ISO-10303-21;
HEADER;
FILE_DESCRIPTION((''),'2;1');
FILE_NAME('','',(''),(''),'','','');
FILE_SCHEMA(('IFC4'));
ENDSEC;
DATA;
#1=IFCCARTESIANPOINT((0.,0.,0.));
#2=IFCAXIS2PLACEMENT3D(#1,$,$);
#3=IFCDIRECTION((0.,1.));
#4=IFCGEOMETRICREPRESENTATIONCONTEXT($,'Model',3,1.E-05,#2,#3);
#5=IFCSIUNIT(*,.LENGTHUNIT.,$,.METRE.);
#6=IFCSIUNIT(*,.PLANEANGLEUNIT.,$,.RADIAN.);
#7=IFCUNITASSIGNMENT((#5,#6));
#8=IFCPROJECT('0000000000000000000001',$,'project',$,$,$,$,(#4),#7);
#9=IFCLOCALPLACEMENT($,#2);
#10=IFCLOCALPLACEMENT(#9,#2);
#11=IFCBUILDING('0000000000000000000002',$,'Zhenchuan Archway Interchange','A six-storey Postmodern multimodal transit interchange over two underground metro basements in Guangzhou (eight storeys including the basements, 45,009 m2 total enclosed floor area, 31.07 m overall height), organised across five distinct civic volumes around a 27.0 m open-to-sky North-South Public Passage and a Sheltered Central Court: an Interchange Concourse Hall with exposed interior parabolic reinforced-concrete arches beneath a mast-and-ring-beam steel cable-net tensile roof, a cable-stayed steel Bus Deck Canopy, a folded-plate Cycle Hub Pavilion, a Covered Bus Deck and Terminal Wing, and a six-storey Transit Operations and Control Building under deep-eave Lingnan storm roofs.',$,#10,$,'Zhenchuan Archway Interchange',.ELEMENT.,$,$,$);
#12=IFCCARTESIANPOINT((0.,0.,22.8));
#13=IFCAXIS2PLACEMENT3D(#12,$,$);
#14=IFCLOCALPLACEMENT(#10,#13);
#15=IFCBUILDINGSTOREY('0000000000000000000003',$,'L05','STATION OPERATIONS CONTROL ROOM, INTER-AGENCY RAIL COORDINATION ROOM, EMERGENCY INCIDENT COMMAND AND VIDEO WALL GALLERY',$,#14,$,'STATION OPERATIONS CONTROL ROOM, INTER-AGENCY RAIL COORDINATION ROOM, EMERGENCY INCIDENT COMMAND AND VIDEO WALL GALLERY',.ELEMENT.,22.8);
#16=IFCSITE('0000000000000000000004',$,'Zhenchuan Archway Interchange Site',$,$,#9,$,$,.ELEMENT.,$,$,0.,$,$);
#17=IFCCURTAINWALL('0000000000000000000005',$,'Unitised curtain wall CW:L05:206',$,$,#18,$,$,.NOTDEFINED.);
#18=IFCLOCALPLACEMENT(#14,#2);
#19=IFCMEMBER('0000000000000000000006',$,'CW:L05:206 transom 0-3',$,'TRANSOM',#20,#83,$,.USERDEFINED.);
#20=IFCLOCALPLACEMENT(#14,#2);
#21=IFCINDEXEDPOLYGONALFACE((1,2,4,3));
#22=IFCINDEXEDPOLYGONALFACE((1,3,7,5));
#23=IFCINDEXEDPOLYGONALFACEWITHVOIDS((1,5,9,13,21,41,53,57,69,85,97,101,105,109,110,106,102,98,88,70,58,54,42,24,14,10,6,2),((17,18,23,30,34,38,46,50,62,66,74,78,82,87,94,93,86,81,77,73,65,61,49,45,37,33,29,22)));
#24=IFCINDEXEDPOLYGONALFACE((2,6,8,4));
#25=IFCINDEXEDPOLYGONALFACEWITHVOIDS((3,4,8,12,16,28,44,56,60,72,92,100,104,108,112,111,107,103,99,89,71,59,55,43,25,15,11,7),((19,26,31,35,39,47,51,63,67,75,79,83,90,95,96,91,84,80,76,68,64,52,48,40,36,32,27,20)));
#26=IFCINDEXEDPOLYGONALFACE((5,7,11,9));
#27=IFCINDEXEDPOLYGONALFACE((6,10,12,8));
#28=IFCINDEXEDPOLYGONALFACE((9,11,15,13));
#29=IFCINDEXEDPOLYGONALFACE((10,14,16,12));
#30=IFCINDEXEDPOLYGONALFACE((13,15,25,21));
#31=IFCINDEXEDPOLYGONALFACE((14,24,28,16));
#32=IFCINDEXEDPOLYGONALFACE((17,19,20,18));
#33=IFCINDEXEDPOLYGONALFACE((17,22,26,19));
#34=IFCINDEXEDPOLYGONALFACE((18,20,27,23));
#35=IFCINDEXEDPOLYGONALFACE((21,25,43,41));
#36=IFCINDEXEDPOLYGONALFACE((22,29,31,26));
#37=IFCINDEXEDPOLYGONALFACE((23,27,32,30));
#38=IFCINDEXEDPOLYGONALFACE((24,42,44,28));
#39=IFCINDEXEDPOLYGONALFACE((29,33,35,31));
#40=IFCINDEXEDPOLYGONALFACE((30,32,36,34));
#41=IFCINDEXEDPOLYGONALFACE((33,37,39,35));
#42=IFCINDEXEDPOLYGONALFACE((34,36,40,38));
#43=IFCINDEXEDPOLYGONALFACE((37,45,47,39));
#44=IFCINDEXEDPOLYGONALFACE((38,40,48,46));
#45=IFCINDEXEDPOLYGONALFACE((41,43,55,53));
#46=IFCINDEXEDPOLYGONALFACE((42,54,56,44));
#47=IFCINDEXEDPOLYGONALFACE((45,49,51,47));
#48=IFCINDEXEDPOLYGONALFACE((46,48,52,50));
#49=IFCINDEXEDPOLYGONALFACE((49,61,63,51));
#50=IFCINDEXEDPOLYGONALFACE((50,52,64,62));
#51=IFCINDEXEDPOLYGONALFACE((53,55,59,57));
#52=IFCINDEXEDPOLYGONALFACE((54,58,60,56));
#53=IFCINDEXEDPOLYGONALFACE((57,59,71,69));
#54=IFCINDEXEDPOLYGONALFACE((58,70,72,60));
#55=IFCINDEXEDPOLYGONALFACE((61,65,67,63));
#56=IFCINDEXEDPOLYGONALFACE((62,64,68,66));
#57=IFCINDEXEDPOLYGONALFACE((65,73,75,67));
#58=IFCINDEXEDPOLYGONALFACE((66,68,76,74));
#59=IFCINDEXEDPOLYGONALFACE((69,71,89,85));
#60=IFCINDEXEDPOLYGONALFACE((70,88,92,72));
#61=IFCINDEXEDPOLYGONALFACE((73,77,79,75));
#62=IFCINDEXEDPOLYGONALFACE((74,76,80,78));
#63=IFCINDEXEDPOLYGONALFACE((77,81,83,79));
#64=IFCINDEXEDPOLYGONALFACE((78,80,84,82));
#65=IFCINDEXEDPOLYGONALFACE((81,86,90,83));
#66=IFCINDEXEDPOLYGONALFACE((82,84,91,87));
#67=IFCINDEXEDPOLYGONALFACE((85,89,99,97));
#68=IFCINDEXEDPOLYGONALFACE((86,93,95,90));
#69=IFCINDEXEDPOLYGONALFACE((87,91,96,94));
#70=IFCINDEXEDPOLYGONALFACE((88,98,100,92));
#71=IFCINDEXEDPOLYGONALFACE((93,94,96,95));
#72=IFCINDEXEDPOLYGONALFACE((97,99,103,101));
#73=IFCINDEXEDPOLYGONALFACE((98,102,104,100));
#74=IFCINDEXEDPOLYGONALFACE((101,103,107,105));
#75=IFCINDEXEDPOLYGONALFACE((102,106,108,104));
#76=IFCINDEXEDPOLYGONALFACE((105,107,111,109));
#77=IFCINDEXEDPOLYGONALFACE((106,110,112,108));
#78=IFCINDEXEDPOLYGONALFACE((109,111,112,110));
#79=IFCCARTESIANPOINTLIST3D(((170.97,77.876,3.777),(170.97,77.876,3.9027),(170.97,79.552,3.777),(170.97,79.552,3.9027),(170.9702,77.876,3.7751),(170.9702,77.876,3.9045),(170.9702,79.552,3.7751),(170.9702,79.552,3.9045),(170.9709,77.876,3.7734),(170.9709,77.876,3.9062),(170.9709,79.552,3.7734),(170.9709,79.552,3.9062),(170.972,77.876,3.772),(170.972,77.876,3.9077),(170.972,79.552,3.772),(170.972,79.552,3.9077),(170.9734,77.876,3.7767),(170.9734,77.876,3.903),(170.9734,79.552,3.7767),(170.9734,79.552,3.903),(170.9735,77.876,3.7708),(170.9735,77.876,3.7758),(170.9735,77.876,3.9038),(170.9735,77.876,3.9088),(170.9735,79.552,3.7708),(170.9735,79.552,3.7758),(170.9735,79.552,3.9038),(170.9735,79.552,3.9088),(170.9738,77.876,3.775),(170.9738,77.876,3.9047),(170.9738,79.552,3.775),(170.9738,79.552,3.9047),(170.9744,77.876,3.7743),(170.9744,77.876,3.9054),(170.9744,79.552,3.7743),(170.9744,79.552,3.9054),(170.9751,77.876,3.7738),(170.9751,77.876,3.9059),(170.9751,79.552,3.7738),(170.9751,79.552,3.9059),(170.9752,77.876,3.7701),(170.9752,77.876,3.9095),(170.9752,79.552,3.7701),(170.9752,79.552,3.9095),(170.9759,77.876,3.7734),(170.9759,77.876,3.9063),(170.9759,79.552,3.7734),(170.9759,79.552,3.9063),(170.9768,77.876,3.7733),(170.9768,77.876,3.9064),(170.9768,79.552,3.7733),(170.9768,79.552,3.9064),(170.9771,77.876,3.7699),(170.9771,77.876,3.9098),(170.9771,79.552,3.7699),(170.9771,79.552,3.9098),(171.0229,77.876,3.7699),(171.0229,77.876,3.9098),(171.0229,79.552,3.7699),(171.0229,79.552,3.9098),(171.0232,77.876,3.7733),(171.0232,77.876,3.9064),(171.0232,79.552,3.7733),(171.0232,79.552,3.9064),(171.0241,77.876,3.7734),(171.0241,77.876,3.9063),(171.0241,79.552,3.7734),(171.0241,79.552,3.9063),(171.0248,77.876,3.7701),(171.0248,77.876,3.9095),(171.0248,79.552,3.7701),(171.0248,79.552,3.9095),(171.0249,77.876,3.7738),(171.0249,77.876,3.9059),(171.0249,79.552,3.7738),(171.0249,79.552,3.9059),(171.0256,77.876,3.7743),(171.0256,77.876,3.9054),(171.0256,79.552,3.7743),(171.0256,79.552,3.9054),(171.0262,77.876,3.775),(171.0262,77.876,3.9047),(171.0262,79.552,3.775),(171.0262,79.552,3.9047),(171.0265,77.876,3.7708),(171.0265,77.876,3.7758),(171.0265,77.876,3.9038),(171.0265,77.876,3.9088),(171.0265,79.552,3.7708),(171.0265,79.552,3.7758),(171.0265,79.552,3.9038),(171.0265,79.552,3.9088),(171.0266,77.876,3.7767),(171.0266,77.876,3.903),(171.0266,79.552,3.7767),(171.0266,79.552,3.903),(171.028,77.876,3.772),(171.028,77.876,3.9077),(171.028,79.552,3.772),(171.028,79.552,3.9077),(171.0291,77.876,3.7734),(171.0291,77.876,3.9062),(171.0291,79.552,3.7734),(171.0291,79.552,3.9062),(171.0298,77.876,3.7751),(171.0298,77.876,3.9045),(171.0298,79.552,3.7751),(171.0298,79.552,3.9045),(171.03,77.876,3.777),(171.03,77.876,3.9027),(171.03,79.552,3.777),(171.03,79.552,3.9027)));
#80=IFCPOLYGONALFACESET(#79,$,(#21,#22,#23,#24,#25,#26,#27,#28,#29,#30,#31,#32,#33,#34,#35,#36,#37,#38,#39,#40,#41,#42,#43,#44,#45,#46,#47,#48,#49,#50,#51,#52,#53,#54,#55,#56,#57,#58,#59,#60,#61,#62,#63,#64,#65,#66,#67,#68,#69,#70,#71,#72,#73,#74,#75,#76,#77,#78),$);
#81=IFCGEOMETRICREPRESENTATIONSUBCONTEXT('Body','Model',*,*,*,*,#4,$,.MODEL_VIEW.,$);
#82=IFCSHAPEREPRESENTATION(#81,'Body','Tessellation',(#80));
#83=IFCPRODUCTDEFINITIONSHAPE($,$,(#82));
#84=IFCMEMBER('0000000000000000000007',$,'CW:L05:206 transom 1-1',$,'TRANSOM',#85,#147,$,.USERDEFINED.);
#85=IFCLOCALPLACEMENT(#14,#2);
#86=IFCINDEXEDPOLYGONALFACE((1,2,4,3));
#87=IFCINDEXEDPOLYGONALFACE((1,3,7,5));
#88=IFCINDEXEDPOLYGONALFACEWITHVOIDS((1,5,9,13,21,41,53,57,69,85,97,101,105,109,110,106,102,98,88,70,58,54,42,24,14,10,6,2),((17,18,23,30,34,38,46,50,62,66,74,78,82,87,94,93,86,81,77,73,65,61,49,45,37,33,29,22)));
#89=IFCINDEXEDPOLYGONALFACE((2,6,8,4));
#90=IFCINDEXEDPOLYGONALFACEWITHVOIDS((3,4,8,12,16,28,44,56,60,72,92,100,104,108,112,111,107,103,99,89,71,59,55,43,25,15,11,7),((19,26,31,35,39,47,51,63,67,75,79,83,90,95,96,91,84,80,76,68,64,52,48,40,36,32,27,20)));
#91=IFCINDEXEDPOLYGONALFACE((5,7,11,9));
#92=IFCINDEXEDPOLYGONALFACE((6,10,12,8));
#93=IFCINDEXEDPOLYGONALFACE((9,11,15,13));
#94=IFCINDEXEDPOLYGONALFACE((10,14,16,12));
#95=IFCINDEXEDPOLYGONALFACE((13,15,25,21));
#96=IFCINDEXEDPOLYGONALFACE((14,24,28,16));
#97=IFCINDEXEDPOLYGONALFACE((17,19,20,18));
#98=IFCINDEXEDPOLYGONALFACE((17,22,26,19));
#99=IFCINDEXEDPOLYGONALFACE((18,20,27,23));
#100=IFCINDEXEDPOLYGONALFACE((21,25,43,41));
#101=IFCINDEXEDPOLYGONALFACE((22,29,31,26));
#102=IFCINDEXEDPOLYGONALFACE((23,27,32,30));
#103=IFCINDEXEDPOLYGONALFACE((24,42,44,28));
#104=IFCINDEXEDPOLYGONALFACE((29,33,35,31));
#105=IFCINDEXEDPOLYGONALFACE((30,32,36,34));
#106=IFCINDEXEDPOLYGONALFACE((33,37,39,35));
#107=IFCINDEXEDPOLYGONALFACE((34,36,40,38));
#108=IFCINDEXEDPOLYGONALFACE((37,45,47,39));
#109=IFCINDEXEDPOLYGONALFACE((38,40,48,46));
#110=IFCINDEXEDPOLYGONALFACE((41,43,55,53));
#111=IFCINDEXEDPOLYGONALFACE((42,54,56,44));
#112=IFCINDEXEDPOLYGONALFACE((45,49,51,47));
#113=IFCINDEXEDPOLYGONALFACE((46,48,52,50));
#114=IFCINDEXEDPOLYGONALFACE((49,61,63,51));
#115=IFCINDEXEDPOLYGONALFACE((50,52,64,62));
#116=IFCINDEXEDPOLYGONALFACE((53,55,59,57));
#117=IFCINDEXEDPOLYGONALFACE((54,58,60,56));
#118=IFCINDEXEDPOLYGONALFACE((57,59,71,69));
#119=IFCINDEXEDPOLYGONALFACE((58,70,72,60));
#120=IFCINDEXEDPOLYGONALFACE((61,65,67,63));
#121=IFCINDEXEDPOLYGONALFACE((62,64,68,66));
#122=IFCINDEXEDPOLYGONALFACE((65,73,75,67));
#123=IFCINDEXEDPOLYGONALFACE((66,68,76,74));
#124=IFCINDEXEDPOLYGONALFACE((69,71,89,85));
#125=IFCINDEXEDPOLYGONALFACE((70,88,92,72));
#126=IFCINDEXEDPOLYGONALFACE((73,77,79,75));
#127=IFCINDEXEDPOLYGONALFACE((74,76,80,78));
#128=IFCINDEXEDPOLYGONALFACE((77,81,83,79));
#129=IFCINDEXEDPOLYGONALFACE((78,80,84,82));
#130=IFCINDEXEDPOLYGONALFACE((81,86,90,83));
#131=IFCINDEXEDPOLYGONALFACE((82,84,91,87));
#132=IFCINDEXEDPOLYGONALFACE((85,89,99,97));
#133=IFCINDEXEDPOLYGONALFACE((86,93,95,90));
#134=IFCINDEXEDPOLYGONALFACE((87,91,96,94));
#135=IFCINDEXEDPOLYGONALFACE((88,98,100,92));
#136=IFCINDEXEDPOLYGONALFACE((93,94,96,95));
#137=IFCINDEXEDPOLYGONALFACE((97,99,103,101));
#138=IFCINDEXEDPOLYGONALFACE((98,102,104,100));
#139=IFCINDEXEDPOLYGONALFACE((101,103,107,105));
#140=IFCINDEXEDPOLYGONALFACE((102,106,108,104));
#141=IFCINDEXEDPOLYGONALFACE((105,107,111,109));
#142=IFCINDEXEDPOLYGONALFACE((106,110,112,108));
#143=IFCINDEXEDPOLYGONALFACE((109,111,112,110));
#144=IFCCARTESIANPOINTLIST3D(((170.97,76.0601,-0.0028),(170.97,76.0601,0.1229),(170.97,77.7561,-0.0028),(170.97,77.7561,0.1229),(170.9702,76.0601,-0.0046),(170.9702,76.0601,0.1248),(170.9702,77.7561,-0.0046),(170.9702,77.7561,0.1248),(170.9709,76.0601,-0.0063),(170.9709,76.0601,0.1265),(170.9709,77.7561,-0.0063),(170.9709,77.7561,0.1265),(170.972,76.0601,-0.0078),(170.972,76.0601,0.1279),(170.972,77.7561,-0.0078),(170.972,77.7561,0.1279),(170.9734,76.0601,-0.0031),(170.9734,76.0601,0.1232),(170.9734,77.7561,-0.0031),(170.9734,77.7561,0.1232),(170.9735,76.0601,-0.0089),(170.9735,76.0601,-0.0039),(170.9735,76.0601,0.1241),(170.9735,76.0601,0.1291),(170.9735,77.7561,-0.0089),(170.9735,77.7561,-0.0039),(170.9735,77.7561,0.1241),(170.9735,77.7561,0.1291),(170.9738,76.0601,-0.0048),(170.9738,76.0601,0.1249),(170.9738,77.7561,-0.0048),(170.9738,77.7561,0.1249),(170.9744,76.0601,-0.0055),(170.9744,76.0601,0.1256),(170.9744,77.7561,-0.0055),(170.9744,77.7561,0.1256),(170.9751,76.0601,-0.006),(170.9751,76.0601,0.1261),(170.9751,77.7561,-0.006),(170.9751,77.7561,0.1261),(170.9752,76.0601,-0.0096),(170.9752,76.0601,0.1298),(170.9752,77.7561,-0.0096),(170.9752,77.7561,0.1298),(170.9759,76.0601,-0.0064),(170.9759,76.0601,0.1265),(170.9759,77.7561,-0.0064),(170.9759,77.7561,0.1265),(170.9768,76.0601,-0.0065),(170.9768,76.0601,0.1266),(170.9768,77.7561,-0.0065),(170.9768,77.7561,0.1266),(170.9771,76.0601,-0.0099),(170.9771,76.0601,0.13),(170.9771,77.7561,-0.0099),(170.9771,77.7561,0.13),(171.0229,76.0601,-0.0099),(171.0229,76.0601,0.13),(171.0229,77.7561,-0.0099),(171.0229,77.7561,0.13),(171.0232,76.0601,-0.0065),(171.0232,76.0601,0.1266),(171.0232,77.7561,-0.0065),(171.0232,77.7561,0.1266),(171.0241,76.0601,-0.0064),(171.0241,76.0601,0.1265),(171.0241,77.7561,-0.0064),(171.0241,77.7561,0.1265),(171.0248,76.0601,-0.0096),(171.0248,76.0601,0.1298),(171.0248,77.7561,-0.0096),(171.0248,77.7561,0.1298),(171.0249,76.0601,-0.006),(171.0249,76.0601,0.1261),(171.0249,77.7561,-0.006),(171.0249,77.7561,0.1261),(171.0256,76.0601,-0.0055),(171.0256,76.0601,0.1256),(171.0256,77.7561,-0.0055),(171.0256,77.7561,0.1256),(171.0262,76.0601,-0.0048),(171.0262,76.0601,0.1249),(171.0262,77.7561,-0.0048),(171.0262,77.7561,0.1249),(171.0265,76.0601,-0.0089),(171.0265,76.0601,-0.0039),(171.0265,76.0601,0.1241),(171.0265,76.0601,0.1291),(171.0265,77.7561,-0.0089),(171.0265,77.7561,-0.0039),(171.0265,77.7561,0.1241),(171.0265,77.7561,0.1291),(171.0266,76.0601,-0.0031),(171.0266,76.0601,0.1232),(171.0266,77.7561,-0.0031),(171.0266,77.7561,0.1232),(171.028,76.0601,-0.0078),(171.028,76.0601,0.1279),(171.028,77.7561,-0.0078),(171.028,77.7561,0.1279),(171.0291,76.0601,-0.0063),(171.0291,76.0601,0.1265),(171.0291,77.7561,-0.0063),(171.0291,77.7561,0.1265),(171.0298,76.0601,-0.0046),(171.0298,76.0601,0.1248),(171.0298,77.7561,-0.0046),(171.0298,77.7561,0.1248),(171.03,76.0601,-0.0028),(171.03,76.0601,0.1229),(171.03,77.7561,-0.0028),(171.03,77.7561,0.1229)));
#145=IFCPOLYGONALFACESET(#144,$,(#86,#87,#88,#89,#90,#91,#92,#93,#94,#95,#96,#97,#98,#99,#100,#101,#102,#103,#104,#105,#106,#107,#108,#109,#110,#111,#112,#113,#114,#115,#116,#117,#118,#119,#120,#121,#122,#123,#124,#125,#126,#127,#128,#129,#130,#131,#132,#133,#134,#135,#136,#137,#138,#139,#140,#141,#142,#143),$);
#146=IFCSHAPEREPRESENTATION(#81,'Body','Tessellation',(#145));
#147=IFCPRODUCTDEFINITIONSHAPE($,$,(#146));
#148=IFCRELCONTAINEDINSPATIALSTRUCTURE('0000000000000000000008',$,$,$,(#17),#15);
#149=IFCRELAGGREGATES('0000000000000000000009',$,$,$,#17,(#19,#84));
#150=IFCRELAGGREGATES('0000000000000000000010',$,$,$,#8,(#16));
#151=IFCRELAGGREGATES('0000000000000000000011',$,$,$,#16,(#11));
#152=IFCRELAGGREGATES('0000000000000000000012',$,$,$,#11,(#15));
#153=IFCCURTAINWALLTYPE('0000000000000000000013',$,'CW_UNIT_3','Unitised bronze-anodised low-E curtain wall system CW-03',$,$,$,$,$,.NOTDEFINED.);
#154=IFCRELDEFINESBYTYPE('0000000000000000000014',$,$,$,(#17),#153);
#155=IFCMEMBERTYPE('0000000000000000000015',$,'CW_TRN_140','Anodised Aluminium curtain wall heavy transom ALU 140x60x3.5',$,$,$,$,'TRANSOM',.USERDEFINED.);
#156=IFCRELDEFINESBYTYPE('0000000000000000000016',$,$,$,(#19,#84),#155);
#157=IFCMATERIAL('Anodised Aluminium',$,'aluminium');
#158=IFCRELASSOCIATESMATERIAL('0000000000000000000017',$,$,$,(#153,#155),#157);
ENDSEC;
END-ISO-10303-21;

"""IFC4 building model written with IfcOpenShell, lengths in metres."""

from ifc_helpers import new_model, si_unit, direction, frame, origin, origin_2d, place, context, subcontext, project, spatial, hollow_rectangle, extrude, material, material_profile, profile_set, type_object, element, aggregate, save


model = new_model("IFC4")

# Units and contexts
model_context = context("Model", 3, precision=1e-05, world=origin(), true_north=direction((0.0, 1.0)))
body_context = subcontext(model_context, "Body", "Model", "MODEL_VIEW")
ifc_project = project(units=[si_unit("LENGTHUNIT", "METRE"), si_unit("PLANEANGLEUNIT", "RADIAN")], contexts=[model_context])

# Site, building, storey
site_placement = place(None, origin())
site = spatial("IfcSite", under=ifc_project, at=site_placement, Name="Zhenchuan Archway Interchange Site", CompositionType="ELEMENT", RefElevation=0.0)
building_placement = place(site_placement, origin())
building = spatial("IfcBuilding", under=site, at=building_placement, Name="Zhenchuan Archway Interchange", Description="A six-storey Postmodern multimodal transit interchange over two underground metro basements in Guangzhou (eight storeys including the basements, 45,009 m2 total enclosed floor area, 31.07 m overall height), organised across five distinct civic volumes around a 27.0 m open-to-sky North-South Public Passage and a Sheltered Central Court: an Interchange Concourse Hall with exposed interior parabolic reinforced-concrete arches beneath a mast-and-ring-beam steel cable-net tensile roof, a cable-stayed steel Bus Deck Canopy, a folded-plate Cycle Hub Pavilion, a Covered Bus Deck and Terminal Wing, and a six-storey Transit Operations and Control Building under deep-eave Lingnan storm roofs.", LongName="Zhenchuan Archway Interchange", CompositionType="ELEMENT")
storey_placement = place(building_placement, frame((0.0, 0.0, 22.8)))
storey = spatial("IfcBuildingStorey", under=building, at=storey_placement, Name="L05", Description="STATION OPERATIONS CONTROL ROOM, INTER-AGENCY RAIL COORDINATION ROOM, EMERGENCY INCIDENT COMMAND AND VIDEO WALL GALLERY", LongName="STATION OPERATIONS CONTROL ROOM, INTER-AGENCY RAIL COORDINATION ROOM, EMERGENCY INCIDENT COMMAND AND VIDEO WALL GALLERY", CompositionType="ELEMENT", Elevation=22.8)

# Curtain wall, members
ifc_material_1 = material(Name="Anodised Aluminium", Category="aluminium")
curtain_wall_type = type_object("IfcCurtainWallType", Name="CW_UNIT_3", Description="Unitised bronze-anodised low-E curtain wall system CW-03", PredefinedType="NOTDEFINED", material=ifc_material_1)
curtain_wall_placement = place(storey_placement, origin())
curtain_wall = element("IfcCurtainWall", 1, at=curtain_wall_placement, inside=storey, type_object=curtain_wall_type, Name="Unitised curtain wall CW:L05:206", PredefinedType="NOTDEFINED")
ifc_material_profile_1 = material_profile(ifc_material_1, hollow_rectangle(XDim=0.0601, YDim=0.1399, WallThickness=0.0034, InnerFilletRadius=0.0034, OuterFilletRadius=0.0071, at=origin_2d()), Name="ALU 140x60x3.5")
ifc_profile_set_1 = profile_set([ifc_material_profile_1], Name="Anodised Aluminium")
member_type_1 = type_object("IfcMemberType", Name="CW_TRN_140", Description="Anodised Aluminium curtain wall heavy transom ALU 140x60x3.5", ElementType="TRANSOM", PredefinedType="USERDEFINED", material=ifc_profile_set_1)
member_1_placement = place(storey_placement, frame((171.0, 79.552, 3.8398), z_axis=(0.0, -1.0, 0.0), x_axis=(1.0, 0.0, 0.0)))
member_1 = element("IfcMember", 2, at=member_1_placement, type_object=member_type_1, Name="CW:L05:206 transom 0-3", ObjectType="TRANSOM", PredefinedType="USERDEFINED", context=body_context, shape_type="SweptSolid", body=[
    extrude(hollow_rectangle(XDim=0.0601, YDim=0.1399, WallThickness=0.0034, InnerFilletRadius=0.0034, OuterFilletRadius=0.0071, at=origin_2d()), origin(), (0.0, 0.0, 1.0), 1.676),
])
member_2_placement = place(storey_placement, frame((171.0, 77.7561, 0.0601), z_axis=(0.0, -1.0, 0.0), x_axis=(1.0, 0.0, 0.0)))
member_2 = element("IfcMember", 3, at=member_2_placement, type_object=member_type_1, Name="CW:L05:206 transom 1-1", ObjectType="TRANSOM", PredefinedType="USERDEFINED", context=body_context, shape_type="SweptSolid", body=[
    extrude(hollow_rectangle(XDim=0.0601, YDim=0.1399, WallThickness=0.0034, InnerFilletRadius=0.0034, OuterFilletRadius=0.0071, at=origin_2d()), origin(), (0.0, 0.0, 1.0), 1.696),
])

aggregate(curtain_wall, [member_1, member_2])

save(model, "model.ifc")
